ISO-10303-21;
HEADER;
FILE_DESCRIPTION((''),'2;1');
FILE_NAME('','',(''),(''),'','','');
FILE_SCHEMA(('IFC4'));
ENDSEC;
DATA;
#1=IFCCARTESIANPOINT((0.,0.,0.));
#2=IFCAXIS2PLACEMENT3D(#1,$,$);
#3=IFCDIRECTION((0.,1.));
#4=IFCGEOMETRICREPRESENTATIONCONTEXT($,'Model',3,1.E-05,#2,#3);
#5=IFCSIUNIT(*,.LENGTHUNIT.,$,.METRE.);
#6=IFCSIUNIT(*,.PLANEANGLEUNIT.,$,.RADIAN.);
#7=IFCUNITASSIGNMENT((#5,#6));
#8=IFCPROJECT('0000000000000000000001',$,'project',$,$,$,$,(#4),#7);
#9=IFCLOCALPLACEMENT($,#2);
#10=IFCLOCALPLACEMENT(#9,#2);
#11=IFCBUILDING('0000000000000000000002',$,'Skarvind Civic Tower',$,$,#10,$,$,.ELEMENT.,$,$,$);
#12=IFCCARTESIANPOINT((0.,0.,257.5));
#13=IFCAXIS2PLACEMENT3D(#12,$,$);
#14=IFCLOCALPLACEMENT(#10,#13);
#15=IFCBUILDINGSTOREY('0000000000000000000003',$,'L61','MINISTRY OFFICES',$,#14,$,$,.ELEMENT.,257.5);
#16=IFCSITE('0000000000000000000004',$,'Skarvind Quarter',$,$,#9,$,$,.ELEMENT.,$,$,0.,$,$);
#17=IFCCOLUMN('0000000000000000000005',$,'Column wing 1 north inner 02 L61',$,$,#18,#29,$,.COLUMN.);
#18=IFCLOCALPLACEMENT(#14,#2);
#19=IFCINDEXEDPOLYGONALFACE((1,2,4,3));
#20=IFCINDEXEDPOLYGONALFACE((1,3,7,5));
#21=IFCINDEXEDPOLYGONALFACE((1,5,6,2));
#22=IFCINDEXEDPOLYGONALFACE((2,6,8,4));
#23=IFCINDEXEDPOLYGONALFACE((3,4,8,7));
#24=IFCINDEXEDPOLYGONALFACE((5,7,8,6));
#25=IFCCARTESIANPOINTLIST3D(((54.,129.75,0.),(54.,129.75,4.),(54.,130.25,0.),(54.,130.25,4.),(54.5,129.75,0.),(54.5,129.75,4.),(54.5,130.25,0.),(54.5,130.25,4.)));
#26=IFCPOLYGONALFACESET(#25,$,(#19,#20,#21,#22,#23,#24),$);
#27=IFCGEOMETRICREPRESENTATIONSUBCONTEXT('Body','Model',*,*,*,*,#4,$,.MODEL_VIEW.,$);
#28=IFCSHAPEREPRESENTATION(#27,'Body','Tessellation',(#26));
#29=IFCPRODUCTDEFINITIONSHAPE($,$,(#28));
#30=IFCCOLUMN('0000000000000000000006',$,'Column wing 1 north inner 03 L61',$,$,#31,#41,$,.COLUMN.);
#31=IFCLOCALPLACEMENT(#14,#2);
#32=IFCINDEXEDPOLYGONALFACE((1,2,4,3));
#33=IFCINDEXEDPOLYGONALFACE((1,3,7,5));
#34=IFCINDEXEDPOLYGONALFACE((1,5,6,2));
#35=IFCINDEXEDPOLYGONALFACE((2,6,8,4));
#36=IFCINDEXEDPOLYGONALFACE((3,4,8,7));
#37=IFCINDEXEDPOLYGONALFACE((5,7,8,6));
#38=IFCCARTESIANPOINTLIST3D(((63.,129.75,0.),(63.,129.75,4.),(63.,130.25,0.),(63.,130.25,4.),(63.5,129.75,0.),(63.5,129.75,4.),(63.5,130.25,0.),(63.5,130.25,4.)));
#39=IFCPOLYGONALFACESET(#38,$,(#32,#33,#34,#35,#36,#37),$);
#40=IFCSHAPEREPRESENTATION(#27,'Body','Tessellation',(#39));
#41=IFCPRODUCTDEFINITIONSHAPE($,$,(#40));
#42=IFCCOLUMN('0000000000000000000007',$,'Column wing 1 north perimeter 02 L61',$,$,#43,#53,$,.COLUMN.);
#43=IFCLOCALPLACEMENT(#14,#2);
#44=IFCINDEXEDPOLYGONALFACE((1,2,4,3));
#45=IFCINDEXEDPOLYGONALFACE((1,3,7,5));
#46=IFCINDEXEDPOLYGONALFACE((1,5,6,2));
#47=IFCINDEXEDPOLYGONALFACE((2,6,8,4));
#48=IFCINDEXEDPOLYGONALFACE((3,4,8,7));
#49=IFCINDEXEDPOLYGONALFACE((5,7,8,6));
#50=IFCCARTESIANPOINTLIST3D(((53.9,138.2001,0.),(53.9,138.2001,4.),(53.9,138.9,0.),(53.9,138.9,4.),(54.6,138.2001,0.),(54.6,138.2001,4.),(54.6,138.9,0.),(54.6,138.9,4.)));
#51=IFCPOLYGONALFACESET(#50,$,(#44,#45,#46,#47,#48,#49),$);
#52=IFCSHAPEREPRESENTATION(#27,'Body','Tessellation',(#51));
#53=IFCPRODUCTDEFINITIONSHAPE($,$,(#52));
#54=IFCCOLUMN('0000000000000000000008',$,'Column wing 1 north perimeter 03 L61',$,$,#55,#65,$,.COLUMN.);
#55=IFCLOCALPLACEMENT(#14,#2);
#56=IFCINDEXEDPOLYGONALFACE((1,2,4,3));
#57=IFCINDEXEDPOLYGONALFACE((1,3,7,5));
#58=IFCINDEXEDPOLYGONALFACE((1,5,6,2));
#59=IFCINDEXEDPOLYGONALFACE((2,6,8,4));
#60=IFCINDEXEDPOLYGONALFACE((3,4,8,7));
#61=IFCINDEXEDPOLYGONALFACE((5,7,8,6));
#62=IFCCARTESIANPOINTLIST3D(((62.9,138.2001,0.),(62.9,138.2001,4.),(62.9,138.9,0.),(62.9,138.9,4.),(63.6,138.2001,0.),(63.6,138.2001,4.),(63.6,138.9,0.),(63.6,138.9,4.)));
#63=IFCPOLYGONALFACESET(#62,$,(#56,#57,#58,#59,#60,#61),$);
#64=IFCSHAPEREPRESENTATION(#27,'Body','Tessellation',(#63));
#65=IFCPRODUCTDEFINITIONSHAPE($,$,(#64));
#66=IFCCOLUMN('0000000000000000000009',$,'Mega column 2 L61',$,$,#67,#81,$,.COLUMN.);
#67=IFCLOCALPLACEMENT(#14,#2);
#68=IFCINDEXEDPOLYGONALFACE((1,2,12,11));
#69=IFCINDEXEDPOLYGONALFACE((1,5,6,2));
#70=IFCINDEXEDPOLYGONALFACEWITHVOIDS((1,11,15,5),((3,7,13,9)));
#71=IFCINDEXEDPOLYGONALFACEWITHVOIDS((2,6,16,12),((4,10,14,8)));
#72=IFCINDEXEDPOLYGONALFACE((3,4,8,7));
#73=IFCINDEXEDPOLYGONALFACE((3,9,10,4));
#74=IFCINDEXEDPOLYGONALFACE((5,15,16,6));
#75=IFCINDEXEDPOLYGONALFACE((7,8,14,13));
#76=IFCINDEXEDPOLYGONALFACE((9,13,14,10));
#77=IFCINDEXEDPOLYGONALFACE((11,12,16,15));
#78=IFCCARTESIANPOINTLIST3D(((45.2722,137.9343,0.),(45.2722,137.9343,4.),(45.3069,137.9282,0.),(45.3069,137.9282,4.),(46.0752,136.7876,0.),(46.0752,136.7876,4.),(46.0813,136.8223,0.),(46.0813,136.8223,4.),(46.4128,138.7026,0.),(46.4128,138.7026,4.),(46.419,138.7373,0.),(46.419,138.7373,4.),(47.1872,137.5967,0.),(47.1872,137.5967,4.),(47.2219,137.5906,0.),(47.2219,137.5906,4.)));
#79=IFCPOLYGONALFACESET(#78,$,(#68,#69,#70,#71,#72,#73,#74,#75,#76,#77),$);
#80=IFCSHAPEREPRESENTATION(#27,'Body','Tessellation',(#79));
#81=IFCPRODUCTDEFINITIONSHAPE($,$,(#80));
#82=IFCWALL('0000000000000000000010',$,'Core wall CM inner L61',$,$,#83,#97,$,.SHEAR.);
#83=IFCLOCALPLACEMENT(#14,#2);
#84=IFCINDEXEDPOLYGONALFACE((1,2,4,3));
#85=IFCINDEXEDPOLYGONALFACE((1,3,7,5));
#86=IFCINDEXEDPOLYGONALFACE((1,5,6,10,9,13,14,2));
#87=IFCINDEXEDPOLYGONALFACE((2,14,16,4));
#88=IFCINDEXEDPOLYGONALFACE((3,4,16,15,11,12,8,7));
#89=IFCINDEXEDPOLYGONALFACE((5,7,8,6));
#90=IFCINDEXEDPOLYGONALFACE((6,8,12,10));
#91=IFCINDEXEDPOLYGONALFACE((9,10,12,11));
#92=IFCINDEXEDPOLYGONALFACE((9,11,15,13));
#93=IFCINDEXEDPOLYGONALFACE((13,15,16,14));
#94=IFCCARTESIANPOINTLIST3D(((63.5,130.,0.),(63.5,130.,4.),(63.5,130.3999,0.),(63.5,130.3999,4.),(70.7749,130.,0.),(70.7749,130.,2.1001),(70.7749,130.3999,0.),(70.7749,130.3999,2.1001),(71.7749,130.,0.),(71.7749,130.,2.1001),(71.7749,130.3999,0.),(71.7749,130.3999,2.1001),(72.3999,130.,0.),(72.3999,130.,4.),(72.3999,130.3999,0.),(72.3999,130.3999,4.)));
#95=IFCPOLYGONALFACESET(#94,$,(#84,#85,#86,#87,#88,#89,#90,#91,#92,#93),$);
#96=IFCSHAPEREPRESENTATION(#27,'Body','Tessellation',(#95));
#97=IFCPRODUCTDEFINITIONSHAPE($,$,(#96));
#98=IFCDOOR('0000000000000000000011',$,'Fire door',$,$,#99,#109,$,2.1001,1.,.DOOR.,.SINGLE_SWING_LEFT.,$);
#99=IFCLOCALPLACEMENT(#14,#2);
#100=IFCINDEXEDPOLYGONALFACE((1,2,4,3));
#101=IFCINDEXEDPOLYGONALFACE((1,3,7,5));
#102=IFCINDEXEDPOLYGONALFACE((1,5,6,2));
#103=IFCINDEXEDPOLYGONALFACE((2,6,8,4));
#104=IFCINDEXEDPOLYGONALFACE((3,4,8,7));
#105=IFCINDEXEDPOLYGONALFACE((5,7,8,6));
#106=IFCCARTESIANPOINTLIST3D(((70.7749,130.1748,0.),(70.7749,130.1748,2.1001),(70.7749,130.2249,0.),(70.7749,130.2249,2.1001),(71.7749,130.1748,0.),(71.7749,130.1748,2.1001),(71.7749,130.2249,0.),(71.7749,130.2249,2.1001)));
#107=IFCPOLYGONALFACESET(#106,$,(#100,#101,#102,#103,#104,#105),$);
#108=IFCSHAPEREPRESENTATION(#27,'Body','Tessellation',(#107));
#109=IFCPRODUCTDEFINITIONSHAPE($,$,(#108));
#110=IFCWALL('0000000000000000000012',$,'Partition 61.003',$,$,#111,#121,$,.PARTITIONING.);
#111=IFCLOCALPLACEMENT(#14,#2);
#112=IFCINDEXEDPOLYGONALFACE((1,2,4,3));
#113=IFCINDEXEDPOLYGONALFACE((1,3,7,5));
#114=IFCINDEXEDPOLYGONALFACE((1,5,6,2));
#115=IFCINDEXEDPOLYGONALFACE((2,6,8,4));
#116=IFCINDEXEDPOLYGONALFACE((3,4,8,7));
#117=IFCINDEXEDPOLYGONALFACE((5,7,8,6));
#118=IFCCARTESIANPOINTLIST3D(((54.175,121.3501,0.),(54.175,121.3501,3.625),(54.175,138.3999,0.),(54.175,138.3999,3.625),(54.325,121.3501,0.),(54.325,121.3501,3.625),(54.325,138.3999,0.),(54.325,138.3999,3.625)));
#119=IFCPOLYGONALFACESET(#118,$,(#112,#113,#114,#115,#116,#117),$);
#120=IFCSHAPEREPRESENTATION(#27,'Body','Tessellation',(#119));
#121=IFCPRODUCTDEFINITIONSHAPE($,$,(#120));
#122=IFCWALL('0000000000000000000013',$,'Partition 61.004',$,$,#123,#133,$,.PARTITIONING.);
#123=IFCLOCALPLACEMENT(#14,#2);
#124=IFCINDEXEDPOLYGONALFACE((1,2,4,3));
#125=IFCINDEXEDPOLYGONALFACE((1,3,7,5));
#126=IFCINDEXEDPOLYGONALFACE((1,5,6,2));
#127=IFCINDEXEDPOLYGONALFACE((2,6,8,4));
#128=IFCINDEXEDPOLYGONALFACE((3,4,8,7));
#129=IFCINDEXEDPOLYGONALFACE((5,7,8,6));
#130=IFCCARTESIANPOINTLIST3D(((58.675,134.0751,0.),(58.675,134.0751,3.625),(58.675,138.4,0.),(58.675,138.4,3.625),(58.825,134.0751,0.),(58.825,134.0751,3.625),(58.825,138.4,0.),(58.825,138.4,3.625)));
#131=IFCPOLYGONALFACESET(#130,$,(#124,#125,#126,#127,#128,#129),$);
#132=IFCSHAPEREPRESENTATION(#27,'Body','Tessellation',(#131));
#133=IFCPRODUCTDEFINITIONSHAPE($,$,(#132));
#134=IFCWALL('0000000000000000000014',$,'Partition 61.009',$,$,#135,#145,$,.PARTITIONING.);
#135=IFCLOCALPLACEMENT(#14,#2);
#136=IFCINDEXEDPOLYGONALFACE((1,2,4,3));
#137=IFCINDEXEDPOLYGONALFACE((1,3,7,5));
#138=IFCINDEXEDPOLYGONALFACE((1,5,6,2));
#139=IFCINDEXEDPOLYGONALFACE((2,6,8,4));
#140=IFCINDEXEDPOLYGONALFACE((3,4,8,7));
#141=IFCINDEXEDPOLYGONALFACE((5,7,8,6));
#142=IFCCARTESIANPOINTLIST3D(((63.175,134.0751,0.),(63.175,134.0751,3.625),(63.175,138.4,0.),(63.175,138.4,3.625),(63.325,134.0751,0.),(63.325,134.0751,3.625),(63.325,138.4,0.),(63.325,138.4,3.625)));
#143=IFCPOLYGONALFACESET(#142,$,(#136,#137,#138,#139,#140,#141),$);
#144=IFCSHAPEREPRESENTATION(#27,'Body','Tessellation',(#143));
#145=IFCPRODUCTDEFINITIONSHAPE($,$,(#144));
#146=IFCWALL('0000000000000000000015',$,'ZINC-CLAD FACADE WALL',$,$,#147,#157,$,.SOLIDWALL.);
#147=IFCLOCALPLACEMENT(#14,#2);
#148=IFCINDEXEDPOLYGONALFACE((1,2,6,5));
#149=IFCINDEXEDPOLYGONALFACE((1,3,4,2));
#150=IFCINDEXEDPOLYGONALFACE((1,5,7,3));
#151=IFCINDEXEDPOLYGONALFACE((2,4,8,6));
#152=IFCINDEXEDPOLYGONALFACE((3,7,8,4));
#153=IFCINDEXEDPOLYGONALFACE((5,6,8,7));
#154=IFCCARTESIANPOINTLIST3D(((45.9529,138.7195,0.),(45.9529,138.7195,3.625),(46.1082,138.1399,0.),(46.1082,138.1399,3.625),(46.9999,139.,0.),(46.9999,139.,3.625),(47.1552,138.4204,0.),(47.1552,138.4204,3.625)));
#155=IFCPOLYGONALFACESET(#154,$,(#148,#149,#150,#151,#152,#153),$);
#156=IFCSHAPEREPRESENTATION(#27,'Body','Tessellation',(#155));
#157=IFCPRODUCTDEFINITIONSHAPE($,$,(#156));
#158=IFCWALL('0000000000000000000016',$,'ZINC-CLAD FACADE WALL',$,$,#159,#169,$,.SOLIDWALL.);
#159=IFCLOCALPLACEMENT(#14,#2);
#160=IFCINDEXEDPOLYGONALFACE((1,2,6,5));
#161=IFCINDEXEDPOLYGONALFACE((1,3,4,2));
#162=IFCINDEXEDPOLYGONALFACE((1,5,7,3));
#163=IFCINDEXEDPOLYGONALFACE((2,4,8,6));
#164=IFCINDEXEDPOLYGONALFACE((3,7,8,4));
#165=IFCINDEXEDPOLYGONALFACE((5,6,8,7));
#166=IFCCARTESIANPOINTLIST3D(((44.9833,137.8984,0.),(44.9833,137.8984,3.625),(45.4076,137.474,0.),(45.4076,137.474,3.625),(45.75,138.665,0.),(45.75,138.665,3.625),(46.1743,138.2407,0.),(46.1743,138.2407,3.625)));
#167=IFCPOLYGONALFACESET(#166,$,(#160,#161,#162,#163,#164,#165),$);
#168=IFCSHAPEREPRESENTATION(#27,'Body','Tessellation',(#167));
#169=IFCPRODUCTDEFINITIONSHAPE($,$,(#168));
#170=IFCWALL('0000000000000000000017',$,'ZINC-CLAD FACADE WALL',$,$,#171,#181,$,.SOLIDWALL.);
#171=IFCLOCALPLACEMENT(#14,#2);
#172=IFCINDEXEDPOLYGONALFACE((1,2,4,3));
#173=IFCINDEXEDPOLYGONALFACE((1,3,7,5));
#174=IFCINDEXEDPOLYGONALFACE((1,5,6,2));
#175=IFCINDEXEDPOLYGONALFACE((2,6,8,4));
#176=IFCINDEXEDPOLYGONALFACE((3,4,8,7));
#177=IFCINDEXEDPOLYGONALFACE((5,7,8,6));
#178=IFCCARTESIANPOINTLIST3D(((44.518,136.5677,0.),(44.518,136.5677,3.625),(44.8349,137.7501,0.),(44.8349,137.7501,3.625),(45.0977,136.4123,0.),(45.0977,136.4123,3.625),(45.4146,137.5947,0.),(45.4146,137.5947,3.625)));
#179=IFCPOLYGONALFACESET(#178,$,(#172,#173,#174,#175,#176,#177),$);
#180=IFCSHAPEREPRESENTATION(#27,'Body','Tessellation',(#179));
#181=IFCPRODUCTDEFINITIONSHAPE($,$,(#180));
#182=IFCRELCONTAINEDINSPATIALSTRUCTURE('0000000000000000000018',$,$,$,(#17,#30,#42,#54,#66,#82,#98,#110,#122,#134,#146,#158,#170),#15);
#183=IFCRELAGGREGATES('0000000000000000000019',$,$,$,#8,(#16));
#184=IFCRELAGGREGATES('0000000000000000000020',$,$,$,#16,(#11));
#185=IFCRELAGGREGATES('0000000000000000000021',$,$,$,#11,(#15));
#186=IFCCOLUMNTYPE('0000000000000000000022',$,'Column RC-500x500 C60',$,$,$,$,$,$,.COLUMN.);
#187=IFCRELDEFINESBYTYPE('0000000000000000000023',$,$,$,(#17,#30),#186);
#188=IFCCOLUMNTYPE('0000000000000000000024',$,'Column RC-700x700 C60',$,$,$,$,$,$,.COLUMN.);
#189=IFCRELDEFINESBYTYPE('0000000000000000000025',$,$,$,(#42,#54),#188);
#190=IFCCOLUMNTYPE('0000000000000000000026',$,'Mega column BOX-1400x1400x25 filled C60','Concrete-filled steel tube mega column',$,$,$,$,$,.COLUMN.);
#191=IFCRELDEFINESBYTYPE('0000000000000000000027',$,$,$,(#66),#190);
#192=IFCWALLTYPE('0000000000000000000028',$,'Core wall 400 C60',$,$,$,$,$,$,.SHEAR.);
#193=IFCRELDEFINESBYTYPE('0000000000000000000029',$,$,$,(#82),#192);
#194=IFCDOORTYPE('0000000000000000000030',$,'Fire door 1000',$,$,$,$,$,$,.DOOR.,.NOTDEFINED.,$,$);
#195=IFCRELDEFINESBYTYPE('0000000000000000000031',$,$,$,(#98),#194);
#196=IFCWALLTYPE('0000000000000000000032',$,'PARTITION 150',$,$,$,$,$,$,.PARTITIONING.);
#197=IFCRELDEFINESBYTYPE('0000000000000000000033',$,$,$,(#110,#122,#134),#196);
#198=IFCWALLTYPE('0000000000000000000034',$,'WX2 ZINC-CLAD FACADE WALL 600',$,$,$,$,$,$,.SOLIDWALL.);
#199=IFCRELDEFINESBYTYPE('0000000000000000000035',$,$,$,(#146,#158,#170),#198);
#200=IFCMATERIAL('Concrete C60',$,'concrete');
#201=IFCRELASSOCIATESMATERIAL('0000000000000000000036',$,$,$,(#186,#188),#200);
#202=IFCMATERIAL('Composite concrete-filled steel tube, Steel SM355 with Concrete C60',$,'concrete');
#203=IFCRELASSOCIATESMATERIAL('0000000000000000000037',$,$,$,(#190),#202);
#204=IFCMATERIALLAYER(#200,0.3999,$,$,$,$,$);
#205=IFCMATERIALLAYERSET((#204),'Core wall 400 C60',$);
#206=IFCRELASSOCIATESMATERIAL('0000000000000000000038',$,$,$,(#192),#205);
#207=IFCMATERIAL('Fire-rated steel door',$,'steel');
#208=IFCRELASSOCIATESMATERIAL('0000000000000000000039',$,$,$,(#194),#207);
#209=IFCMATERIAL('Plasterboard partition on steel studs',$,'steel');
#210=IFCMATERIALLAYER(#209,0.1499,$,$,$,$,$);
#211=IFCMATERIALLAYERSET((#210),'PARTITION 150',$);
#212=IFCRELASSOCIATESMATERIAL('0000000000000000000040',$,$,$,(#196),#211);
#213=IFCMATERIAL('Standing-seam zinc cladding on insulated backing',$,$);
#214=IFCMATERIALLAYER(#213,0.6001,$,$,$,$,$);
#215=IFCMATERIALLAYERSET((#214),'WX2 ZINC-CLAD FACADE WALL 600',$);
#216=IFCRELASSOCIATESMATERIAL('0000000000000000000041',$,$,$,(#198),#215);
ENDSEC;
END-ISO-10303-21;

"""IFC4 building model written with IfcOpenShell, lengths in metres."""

from ifc_helpers import new_model, si_unit, direction, frame, frame_2d, origin, origin_2d, place, context, subcontext, project, spatial, rectangle, hollow_rectangle, extrude, material, layer, layer_set, material_profile, profile_set, type_object, element, fill, save


model = new_model("IFC4")

# Units and contexts
model_context = context("Model", 3, precision=1e-05, world=origin(), true_north=direction((0.0, 1.0)))
body_context = subcontext(model_context, "Body", "Model", "MODEL_VIEW")
ifc_project = project(units=[si_unit("LENGTHUNIT", "METRE"), si_unit("PLANEANGLEUNIT", "RADIAN")], contexts=[model_context])

# Site, building, storey
site_placement = place(None, origin())
site = spatial("IfcSite", under=ifc_project, at=site_placement, Name="Skarvind Quarter", CompositionType="ELEMENT", RefElevation=0.0)
building_placement = place(site_placement, origin())
building = spatial("IfcBuilding", under=site, at=building_placement, Name="Skarvind Civic Tower", CompositionType="ELEMENT")
storey_placement = place(building_placement, frame((0.0, 0.0, 257.5)))
storey = spatial("IfcBuildingStorey", under=building, at=storey_placement, Name="L61", Description="MINISTRY OFFICES", CompositionType="ELEMENT", Elevation=257.5)

# Columns
ifc_material_1 = material(Name="Concrete C60", Category="concrete")
ifc_material_profile_1 = material_profile(ifc_material_1, rectangle(XDim=0.5, YDim=0.5, at=origin_2d()), Name="RC-500x500")
ifc_profile_set_1 = profile_set([ifc_material_profile_1], Name="Concrete C60")
column_type_1 = type_object("IfcColumnType", Name="Column RC-500x500 C60", PredefinedType="COLUMN", material=ifc_profile_set_1)
for number, where, z_axis, x_axis, name in (
    (1, (54.25, 130.0, 0.0), (0.0, 0.0, 1.0), (1.0, 0.0, 0.0), "Column wing 1 north inner 02 L61"),
    (2, (63.25, 130.0, 0.0), (0.0, 0.0, 1.0), (1.0, 0.0, 0.0), "Column wing 1 north inner 03 L61"),
):
    element("IfcColumn", number, at=place(storey_placement, frame(where, z_axis=z_axis, x_axis=x_axis)), inside=storey, type_object=column_type_1, Name=name, PredefinedType="COLUMN", context=body_context, shape_type="SweptSolid", body=[
        extrude(rectangle(XDim=0.5, YDim=0.5, at=origin_2d()), origin(), (0.0, 0.0, 1.0), 4.0),
    ])
ifc_material_profile_2 = material_profile(ifc_material_1, rectangle(XDim=0.7, YDim=0.7, at=origin_2d()), Name="RC-700x700")
ifc_profile_set_2 = profile_set([ifc_material_profile_2], Name="Concrete C60")
column_type_2 = type_object("IfcColumnType", Name="Column RC-700x700 C60", PredefinedType="COLUMN", material=ifc_profile_set_2)
for number, where, z_axis, x_axis, name in (
    (3, (54.25, 138.55, 0.0), (0.0, 0.0, 1.0), (1.0, 0.0, 0.0), "Column wing 1 north perimeter 02 L61"),
    (4, (63.25, 138.55, 0.0), (0.0, 0.0, 1.0), (1.0, 0.0, 0.0), "Column wing 1 north perimeter 03 L61"),
):
    element("IfcColumn", number, at=place(storey_placement, frame(where, z_axis=z_axis, x_axis=x_axis)), inside=storey, type_object=column_type_2, Name=name, PredefinedType="COLUMN", context=body_context, shape_type="SweptSolid", body=[
        extrude(rectangle(XDim=0.7, YDim=0.7, at=origin_2d()), origin(), (0.0, 0.0, 1.0), 4.0),
    ])
ifc_material_2 = material(Name="Composite concrete-filled steel tube, Steel SM355 with Concrete C60", Category="concrete")
ifc_material_profile_3 = material_profile(ifc_material_2, hollow_rectangle(XDim=1.3999, YDim=1.3999, WallThickness=0.0249, at=origin_2d()), Name="BOX-1400x1400x25")
ifc_profile_set_3 = profile_set([ifc_material_profile_3], Name="Composite concrete-filled steel tube, Steel SM355 with Concrete C60")
column_type_3 = type_object("IfcColumnType", Name="Mega column BOX-1400x1400x25 filled C60", Description="Concrete-filled steel tube mega column", PredefinedType="COLUMN", material=ifc_profile_set_3)
column_placement = place(storey_placement, frame((46.2471, 137.7625, 0.0), z_axis=(0.0, 0.0, 1.0), x_axis=(0.573576, -0.819152, 0.0)))
element("IfcColumn", 5, at=column_placement, inside=storey, type_object=column_type_3, Name="Mega column 2 L61", PredefinedType="COLUMN", context=body_context, shape_type="SweptSolid", body=[
    extrude(hollow_rectangle(XDim=1.3999, YDim=1.3999, WallThickness=0.0249, at=origin_2d()), origin(), (0.0, 0.0, 1.0), 4.0),
])

# Wall, opening, door
ifc_layer_1 = layer(ifc_material_1, 0.3999)
ifc_layer_set_1 = layer_set([ifc_layer_1], Name="Core wall 400 C60")
wall_type_1 = type_object("IfcWallType", Name="Core wall 400 C60", PredefinedType="SHEAR", material=ifc_layer_set_1)
wall_1_placement = place(storey_placement, frame((63.5, 130.2, 0.0), z_axis=(0.0, 0.0, 1.0), x_axis=(1.0, 0.0, 0.0)))
wall_1 = element("IfcWall", 6, at=wall_1_placement, inside=storey, type_object=wall_type_1, Name="Core wall CM inner L61", PredefinedType="SHEAR", context=body_context, shape_type="SweptSolid", body=[
    extrude(rectangle(XDim=8.8999, YDim=0.3999, at=frame_2d((4.45, 0.0))), origin(), (0.0, 0.0, 1.0), 4.0),
])
opening_1_placement = place(wall_1_placement, frame((7.2749, 0.0, 0.0)))
opening_1 = element("IfcOpeningElement", 7, at=opening_1_placement, cuts=wall_1, PredefinedType="OPENING", context=body_context, shape_type="SweptSolid", body=[
    extrude(rectangle(XDim=1.0, YDim=2.1001, at=frame_2d((0.5, 1.05))), frame((0.0, 0.21, 0.0), z_axis=(0.0, -1.0, 0.0), x_axis=(1.0, 0.0, 0.0)), (0.0, 0.0, 1.0), 0.4199),
])
ifc_material_3 = material(Name="Fire-rated steel door", Category="steel")
door_type = type_object("IfcDoorType", Name="Fire door 1000", OperationType="NOTDEFINED", PredefinedType="DOOR", material=ifc_material_3)
door_placement = place(opening_1_placement, origin())
door = element("IfcDoor", 8, at=door_placement, inside=storey, type_object=door_type, Name="Fire door", OperationType="SINGLE_SWING_LEFT", OverallHeight=2.1001, OverallWidth=1.0, PredefinedType="DOOR", context=body_context, shape_type="SweptSolid", body=[
    extrude(rectangle(XDim=1.0, YDim=2.1001, at=frame_2d((0.5, 1.05))), frame((0.0, 0.0249, 0.0), z_axis=(0.0, -1.0, 0.0), x_axis=(1.0, 0.0, 0.0)), (0.0, 0.0, 1.0), 0.05),
])
fill(opening_1, door)

# Walls
ifc_material_4 = material(Name="Plasterboard partition on steel studs", Category="steel")
ifc_layer_2 = layer(ifc_material_4, 0.1499)
ifc_layer_set_2 = layer_set([ifc_layer_2], Name="PARTITION 150")
wall_type_2 = type_object("IfcWallType", Name="PARTITION 150", PredefinedType="PARTITIONING", material=ifc_layer_set_2)
wall_2_placement = place(storey_placement, frame((54.25, 138.3999, 0.0), z_axis=(0.0, 0.0, 1.0), x_axis=(0.0, -1.0, 0.0)))
element("IfcWall", 9, at=wall_2_placement, inside=storey, type_object=wall_type_2, Name="Partition 61.003", PredefinedType="PARTITIONING", context=body_context, shape_type="SweptSolid", body=[
    extrude(rectangle(XDim=17.0498, YDim=0.1499, at=frame_2d((8.5249, 0.0))), origin(), (0.0, 0.0, 1.0), 3.625),
])
for number, where, z_axis, x_axis, name in (
    (10, (58.75, 134.075, 0.0), (0.0, 0.0, 1.0), (0.0, 1.0, 0.0), "Partition 61.004"),
    (11, (63.25, 134.075, 0.0), (0.0, 0.0, 1.0), (0.0, 1.0, 0.0), "Partition 61.009"),
):
    element("IfcWall", number, at=place(storey_placement, frame(where, z_axis=z_axis, x_axis=x_axis)), inside=storey, type_object=wall_type_2, Name=name, PredefinedType="PARTITIONING", context=body_context, shape_type="SweptSolid", body=[
        extrude(rectangle(XDim=4.325, YDim=0.1499, at=frame_2d((2.1626, 0.0))), origin(), (0.0, 0.0, 1.0), 3.625),
    ])

# Shared definitions
ifc_material_5 = material(Name="Standing-seam zinc cladding on insulated backing")
ifc_layer_3 = layer(ifc_material_5, 0.6001)
ifc_layer_set_3 = layer_set([ifc_layer_3], Name="WX2 ZINC-CLAD FACADE WALL 600")
wall_type_3 = type_object("IfcWallType", Name="WX2 ZINC-CLAD FACADE WALL 600", PredefinedType="SOLIDWALL", material=ifc_layer_set_3)

# Walls
wall_3_placement = place(storey_placement, frame((46.0305, 138.4297, 0.0), z_axis=(0.0, 0.0, 1.0), x_axis=(0.965939, 0.25877, 0.0)))
element("IfcWall", 12, at=wall_3_placement, inside=storey, type_object=wall_type_3, Name="ZINC-CLAD FACADE WALL", PredefinedType="SOLIDWALL", context=body_context, shape_type="SweptSolid", body=[
    extrude(rectangle(XDim=1.084, YDim=0.6001, at=frame_2d((0.542, 0.0))), origin(), (0.0, 0.0, 1.0), 3.625),
])
wall_4_placement = place(storey_placement, frame((45.1956, 137.6863, 0.0), z_axis=(0.0, 0.0, 1.0), x_axis=(0.707107, 0.707107, 0.0)))
element("IfcWall", 13, at=wall_4_placement, inside=storey, type_object=wall_type_3, Name="ZINC-CLAD FACADE WALL", PredefinedType="SOLIDWALL", context=body_context, shape_type="SweptSolid", body=[
    extrude(rectangle(XDim=1.0842, YDim=0.6001, at=frame_2d((0.542, 0.0))), origin(), (0.0, 0.0, 1.0), 3.625),
])
wall_5_placement = place(storey_placement, frame((44.8079, 136.49, 0.0), z_axis=(0.0, 0.0, 1.0), x_axis=(0.258879, 0.96591, 0.0)))
element("IfcWall", 14, at=wall_5_placement, inside=storey, type_object=wall_type_3, Name="ZINC-CLAD FACADE WALL", PredefinedType="SOLIDWALL", context=body_context, shape_type="SweptSolid", body=[
    extrude(rectangle(XDim=1.2241, YDim=0.6001, at=frame_2d((0.6121, 0.0))), origin(), (0.0, 0.0, 1.0), 3.625),
])

save(model, "model.ifc")
